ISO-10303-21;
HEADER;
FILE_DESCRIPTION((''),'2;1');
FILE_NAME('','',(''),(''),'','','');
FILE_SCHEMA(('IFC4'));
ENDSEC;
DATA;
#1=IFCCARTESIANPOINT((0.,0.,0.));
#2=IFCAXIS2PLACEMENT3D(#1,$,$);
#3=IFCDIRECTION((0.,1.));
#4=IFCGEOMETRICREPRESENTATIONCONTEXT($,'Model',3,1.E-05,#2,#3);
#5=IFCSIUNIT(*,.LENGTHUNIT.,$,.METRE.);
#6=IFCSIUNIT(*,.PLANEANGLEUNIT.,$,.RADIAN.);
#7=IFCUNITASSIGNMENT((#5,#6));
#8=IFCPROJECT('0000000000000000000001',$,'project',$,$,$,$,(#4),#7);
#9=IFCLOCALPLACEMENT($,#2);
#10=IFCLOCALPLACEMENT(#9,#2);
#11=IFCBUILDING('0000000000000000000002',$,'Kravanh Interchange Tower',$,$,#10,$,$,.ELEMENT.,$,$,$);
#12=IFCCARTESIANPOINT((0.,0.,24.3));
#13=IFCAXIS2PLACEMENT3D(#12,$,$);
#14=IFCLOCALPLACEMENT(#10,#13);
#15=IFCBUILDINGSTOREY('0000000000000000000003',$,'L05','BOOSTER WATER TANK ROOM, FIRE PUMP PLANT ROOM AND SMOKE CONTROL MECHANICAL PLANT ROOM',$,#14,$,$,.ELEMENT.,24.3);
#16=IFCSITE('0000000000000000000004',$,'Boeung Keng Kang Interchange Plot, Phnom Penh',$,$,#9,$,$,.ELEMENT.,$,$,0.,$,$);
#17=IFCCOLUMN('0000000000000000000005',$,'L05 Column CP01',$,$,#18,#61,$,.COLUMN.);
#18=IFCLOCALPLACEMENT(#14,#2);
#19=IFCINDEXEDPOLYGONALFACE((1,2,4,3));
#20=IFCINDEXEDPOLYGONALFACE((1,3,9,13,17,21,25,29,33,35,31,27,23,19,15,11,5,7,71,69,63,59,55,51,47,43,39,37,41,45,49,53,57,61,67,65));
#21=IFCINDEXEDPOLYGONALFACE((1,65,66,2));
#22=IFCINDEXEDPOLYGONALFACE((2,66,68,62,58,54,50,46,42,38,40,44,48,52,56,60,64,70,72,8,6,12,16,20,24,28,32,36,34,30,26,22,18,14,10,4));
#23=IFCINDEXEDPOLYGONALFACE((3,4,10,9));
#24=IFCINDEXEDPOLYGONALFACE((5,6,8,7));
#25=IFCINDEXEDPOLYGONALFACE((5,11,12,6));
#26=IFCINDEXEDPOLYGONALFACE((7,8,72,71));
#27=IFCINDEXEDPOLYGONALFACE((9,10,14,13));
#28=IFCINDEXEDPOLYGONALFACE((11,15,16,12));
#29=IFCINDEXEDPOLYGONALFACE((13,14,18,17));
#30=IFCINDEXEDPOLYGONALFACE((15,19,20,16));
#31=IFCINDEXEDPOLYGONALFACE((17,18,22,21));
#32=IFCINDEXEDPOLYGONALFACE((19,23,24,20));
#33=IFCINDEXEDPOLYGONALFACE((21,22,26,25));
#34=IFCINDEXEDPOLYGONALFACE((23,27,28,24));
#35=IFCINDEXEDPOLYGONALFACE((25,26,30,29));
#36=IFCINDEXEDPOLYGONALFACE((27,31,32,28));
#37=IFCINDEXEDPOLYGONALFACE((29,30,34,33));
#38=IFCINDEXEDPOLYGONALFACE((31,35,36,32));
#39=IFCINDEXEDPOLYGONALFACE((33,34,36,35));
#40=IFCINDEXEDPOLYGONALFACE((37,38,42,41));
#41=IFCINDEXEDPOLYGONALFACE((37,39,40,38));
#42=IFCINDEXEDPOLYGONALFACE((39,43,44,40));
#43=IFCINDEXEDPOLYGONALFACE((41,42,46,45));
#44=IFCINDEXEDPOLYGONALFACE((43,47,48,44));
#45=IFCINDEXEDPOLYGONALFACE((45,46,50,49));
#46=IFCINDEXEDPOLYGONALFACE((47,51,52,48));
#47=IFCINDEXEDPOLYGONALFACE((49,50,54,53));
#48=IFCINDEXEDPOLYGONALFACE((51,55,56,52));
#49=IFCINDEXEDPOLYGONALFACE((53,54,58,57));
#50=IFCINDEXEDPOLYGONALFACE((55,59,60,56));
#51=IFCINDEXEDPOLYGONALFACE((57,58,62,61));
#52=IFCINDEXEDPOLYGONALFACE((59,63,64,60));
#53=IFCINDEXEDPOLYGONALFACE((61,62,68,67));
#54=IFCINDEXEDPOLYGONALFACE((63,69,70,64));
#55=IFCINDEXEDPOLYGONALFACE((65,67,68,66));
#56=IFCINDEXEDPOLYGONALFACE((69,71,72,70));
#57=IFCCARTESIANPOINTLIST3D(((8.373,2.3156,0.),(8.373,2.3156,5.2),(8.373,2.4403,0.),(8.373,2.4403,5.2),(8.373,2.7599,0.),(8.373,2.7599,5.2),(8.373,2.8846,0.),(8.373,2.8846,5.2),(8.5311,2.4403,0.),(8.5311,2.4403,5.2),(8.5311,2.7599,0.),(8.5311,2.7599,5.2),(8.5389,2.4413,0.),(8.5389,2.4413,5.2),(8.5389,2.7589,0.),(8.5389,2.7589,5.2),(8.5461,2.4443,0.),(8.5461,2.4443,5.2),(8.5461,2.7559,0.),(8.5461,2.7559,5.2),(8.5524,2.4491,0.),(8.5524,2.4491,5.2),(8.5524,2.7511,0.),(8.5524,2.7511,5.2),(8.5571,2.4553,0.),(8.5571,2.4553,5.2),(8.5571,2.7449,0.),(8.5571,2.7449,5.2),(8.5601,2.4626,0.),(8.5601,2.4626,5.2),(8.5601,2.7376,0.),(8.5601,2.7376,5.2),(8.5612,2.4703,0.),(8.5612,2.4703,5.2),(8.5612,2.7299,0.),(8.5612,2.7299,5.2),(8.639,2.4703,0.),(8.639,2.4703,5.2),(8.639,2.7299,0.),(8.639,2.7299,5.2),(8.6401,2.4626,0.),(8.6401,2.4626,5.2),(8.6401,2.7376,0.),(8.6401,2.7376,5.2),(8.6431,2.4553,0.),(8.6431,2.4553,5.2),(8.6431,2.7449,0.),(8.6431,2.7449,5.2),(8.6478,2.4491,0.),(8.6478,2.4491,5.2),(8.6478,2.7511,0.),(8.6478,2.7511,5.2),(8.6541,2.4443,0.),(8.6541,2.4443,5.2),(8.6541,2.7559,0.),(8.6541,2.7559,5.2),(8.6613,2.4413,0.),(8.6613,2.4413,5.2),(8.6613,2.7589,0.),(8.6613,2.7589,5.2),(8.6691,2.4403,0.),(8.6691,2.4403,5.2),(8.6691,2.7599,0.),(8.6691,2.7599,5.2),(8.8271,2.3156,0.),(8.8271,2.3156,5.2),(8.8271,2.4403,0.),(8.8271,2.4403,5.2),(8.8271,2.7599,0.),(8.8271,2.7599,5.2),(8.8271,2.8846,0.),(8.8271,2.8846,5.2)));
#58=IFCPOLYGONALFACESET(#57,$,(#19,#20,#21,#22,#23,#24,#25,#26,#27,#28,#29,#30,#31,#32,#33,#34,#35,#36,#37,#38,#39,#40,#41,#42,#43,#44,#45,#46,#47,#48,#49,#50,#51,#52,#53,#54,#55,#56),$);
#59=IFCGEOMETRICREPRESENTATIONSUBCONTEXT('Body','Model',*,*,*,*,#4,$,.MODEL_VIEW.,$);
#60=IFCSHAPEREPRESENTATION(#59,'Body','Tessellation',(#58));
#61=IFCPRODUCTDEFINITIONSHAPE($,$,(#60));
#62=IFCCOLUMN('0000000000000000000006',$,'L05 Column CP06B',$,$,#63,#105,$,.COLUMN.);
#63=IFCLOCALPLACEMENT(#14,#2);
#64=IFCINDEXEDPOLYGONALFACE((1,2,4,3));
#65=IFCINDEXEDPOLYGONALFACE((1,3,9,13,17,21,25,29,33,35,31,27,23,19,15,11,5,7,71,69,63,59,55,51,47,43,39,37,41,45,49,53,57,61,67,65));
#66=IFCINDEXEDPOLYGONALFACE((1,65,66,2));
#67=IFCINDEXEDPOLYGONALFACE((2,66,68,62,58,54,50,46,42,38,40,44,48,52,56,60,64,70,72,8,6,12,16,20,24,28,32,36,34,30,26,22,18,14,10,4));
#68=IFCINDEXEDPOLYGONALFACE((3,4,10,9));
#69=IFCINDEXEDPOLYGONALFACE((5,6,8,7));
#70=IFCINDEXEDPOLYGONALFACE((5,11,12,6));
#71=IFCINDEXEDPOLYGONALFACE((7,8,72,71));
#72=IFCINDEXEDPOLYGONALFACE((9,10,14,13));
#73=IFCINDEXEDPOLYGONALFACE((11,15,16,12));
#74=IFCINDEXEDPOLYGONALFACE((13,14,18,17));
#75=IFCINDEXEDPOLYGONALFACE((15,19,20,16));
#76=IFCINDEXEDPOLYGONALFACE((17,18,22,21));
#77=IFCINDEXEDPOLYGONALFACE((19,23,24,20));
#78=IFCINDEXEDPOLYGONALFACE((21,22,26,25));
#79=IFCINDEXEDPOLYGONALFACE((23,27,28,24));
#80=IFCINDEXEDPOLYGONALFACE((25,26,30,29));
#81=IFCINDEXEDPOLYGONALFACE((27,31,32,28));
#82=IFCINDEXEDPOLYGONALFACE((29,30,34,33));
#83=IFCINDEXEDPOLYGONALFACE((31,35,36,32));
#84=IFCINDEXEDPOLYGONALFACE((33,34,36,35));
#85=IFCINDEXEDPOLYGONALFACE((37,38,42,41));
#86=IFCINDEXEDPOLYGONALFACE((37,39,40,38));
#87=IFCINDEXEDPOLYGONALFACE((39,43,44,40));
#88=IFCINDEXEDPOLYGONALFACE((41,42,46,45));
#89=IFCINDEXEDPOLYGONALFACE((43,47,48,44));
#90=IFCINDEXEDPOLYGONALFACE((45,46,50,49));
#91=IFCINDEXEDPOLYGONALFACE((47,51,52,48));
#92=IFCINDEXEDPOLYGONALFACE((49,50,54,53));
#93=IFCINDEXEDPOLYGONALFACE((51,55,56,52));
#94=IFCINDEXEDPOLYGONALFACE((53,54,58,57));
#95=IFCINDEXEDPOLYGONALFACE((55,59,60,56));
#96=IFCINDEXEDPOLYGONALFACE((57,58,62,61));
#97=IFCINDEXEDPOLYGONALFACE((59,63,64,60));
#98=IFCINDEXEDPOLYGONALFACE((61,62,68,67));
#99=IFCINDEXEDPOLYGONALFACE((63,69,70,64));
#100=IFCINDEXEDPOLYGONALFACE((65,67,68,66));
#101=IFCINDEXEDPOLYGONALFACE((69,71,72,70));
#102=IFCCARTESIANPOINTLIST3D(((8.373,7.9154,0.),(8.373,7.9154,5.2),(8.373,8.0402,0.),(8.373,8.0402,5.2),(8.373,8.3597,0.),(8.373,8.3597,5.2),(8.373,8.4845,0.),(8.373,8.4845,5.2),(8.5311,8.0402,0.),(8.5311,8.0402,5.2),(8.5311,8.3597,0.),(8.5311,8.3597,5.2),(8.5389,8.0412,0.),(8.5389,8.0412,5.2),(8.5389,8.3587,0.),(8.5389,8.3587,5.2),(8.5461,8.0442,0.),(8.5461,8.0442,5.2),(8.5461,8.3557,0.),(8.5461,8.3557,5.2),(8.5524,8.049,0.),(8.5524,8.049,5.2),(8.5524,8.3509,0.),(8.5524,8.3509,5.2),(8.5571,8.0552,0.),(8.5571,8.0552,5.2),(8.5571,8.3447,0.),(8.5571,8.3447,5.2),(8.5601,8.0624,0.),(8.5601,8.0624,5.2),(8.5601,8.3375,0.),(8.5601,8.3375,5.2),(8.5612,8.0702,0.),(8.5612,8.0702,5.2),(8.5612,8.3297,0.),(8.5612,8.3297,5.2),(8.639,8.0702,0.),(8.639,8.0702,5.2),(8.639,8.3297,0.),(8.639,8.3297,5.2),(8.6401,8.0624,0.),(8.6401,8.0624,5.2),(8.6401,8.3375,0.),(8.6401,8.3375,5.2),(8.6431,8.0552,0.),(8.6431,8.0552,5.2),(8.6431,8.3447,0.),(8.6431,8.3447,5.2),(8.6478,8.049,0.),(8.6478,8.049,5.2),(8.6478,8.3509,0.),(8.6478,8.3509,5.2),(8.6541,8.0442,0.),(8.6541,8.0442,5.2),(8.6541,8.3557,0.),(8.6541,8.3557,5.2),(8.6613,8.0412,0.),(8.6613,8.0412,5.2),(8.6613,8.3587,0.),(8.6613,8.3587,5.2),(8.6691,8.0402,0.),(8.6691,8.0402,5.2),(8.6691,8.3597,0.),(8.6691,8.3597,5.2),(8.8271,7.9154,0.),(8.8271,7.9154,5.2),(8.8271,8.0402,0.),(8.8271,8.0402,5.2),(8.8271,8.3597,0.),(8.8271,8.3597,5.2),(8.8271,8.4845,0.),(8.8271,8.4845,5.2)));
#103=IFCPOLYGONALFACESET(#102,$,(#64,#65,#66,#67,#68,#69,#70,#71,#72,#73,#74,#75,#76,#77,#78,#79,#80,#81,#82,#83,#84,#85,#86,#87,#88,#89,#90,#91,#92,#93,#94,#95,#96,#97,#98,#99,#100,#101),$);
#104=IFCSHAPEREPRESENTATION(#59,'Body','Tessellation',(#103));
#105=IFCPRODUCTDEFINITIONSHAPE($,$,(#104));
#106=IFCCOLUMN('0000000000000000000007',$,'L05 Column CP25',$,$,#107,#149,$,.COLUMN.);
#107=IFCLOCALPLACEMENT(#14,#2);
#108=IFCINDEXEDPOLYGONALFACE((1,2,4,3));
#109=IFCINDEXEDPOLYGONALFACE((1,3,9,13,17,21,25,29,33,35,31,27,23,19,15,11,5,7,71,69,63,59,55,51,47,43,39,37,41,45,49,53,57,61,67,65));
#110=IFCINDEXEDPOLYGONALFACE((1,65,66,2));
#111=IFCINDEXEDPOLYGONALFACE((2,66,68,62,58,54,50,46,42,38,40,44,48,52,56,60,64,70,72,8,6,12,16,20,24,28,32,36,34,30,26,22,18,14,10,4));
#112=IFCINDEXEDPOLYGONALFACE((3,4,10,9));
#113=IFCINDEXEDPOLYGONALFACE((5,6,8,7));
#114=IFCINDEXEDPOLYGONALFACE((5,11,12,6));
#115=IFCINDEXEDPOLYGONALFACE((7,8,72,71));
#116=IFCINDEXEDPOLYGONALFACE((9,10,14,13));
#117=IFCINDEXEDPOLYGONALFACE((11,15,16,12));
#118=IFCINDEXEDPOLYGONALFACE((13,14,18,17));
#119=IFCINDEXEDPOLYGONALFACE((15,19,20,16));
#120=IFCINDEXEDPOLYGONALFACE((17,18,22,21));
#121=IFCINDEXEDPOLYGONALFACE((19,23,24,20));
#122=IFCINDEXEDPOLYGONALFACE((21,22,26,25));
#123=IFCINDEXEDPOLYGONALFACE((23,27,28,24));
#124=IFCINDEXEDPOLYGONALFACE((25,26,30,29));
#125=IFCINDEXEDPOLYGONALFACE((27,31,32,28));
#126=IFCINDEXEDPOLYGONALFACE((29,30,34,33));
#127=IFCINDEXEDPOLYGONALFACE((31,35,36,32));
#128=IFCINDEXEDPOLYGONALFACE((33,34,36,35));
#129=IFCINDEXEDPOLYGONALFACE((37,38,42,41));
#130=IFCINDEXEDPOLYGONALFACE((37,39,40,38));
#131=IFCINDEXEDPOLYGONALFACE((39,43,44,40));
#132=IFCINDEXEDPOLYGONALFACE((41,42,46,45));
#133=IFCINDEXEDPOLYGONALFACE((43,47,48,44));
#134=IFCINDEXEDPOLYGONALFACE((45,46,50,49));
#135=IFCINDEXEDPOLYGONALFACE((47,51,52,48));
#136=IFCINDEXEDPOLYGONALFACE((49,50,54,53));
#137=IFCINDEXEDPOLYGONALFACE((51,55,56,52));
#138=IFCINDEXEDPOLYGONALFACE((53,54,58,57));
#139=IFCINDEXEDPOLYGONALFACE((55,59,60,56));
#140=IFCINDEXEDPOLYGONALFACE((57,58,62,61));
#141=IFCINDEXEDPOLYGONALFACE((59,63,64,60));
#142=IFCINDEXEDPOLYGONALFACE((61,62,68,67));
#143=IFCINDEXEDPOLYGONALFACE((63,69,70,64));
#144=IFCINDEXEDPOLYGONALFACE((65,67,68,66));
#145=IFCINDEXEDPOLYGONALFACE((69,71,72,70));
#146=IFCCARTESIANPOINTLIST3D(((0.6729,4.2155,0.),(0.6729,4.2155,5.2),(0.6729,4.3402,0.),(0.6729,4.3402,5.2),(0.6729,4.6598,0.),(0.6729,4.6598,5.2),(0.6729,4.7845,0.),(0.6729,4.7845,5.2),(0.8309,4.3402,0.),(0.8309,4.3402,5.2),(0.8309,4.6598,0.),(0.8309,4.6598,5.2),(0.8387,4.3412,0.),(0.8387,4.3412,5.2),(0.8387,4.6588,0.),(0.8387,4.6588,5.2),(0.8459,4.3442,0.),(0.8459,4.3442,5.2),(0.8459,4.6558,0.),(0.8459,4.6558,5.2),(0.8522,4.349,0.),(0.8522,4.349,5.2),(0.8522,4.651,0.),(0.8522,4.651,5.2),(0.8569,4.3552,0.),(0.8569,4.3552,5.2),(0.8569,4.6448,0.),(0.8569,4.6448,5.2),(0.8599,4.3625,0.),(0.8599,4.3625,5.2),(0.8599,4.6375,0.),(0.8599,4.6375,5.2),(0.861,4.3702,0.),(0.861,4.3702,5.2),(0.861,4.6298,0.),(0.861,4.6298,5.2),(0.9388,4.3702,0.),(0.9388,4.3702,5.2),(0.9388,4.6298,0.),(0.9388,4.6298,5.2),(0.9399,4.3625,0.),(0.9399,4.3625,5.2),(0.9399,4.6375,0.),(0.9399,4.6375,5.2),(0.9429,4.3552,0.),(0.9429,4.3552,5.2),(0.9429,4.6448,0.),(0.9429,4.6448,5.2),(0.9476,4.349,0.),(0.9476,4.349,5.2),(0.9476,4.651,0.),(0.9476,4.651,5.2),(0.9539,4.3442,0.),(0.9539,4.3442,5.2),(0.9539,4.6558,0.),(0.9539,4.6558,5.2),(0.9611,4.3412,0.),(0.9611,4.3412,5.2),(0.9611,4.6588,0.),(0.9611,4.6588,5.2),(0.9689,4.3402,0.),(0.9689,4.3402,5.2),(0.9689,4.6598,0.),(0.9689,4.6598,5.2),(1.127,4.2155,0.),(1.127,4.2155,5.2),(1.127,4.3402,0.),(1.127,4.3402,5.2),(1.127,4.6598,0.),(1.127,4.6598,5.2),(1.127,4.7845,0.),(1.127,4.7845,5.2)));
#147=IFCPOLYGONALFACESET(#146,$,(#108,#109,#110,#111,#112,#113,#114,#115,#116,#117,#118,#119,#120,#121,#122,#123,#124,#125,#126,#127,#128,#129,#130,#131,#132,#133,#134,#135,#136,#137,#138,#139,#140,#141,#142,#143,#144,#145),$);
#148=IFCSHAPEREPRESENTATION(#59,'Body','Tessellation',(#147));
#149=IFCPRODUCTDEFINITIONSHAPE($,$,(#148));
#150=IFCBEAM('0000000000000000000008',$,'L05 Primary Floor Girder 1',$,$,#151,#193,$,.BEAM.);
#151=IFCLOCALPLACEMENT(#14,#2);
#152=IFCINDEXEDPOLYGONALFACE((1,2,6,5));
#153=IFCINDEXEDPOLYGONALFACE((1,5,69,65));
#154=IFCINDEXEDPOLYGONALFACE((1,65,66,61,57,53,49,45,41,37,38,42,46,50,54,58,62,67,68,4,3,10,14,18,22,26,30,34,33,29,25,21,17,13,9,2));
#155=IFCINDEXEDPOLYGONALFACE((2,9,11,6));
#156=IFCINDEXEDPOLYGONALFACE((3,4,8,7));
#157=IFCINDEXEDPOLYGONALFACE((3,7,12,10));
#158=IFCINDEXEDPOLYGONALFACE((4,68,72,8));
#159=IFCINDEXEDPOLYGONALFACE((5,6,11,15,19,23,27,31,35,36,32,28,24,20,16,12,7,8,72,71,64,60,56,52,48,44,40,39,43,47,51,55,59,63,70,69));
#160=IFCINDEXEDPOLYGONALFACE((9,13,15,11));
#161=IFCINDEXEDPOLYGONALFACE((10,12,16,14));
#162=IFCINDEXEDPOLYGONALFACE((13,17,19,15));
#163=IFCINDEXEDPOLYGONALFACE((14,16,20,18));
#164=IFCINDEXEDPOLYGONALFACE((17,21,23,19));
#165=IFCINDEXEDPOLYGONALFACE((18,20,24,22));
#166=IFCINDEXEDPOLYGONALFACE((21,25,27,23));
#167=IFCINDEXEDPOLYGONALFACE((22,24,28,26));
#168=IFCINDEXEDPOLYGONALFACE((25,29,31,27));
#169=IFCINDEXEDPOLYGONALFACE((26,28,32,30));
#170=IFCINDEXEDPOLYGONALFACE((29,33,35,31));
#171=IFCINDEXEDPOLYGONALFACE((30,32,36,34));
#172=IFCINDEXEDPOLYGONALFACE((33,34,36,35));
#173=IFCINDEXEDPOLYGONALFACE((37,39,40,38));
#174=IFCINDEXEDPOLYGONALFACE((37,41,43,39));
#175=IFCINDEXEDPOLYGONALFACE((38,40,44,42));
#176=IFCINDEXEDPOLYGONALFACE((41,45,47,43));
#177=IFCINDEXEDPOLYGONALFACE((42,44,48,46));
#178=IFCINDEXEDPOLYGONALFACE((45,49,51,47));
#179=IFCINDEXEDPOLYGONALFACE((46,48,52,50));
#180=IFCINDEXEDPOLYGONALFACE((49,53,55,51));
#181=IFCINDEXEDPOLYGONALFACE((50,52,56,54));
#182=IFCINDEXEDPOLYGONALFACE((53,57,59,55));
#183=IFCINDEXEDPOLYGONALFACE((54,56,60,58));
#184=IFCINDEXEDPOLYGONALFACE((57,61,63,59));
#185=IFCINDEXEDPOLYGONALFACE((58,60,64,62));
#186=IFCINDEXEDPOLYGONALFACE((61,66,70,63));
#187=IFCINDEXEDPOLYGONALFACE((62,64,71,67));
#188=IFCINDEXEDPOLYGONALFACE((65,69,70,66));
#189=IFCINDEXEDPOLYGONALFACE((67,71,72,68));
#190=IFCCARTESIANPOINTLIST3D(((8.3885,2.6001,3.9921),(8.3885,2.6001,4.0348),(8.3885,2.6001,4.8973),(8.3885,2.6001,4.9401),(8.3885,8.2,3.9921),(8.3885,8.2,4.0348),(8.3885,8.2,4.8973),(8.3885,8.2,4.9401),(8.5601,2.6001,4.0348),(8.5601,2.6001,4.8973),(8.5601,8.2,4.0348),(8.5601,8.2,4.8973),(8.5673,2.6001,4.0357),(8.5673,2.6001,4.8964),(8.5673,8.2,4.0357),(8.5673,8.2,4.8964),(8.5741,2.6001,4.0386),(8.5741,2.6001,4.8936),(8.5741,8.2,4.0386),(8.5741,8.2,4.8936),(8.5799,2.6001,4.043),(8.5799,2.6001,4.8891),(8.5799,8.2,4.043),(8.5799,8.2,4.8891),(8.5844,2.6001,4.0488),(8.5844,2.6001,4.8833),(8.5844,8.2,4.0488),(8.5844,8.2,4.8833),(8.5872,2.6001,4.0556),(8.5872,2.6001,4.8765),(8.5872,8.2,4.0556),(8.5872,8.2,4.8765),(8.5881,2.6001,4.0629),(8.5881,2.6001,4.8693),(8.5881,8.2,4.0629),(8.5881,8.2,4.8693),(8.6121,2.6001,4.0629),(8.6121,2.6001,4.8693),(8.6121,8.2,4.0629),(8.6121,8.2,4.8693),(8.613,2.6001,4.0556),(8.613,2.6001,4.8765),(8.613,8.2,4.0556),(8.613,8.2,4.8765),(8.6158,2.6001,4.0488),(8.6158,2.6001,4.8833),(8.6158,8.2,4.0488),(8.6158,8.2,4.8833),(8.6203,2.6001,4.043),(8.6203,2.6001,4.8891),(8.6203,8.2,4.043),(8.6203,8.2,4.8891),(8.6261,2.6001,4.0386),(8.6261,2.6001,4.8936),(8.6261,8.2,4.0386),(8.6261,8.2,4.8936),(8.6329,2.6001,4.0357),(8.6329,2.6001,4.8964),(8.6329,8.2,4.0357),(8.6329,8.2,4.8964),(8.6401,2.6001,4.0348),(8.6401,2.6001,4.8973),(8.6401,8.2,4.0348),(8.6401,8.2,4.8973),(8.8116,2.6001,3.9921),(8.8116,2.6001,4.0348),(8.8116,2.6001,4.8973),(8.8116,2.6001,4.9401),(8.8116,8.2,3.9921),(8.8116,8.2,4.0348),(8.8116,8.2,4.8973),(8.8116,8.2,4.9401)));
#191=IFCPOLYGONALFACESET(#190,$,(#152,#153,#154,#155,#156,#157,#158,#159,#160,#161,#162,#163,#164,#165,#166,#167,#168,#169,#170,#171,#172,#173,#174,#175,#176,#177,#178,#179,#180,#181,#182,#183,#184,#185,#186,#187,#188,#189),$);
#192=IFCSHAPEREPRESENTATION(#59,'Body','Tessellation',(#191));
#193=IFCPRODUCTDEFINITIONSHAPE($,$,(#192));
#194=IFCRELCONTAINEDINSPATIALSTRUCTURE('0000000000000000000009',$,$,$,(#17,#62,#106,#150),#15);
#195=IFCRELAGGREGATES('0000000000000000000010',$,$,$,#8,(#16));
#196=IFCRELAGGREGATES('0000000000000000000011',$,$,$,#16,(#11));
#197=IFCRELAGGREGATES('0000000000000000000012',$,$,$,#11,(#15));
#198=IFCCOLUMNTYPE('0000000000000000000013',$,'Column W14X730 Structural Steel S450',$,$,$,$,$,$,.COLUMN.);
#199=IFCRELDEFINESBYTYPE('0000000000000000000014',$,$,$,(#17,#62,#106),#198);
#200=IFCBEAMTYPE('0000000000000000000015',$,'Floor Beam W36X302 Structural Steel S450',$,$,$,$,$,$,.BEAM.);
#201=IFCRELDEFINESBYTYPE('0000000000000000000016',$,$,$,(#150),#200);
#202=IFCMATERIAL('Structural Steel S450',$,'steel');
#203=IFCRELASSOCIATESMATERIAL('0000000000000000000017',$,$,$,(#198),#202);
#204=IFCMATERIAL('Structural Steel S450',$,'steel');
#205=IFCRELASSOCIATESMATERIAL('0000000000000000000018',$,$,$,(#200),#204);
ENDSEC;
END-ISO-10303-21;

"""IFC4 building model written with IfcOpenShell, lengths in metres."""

from ifc_helpers import new_model, si_unit, direction, frame, origin, origin_2d, place, context, subcontext, project, spatial, i_section, extrude, material, material_profile, profile_set, type_object, element, save


model = new_model("IFC4")

# Units and contexts
model_context = context("Model", 3, precision=1e-05, world=origin(), true_north=direction((0.0, 1.0)))
body_context = subcontext(model_context, "Body", "Model", "MODEL_VIEW")
ifc_project = project(units=[si_unit("LENGTHUNIT", "METRE"), si_unit("PLANEANGLEUNIT", "RADIAN")], contexts=[model_context])

# Site, building, storey
site_placement = place(None, origin())
site = spatial("IfcSite", under=ifc_project, at=site_placement, Name="Boeung Keng Kang Interchange Plot, Phnom Penh", CompositionType="ELEMENT", RefElevation=0.0)
building_placement = place(site_placement, origin())
building = spatial("IfcBuilding", under=site, at=building_placement, Name="Kravanh Interchange Tower", CompositionType="ELEMENT")
storey_placement = place(building_placement, frame((0.0, 0.0, 24.3)))
storey = spatial("IfcBuildingStorey", under=building, at=storey_placement, Name="L05", Description="BOOSTER WATER TANK ROOM, FIRE PUMP PLANT ROOM AND SMOKE CONTROL MECHANICAL PLANT ROOM", CompositionType="ELEMENT", Elevation=24.3)

# Columns
ifc_material_1 = material(Name="Structural Steel S450", Category="steel")
ifc_material_profile_1 = material_profile(ifc_material_1, i_section(OverallWidth=0.4541, OverallDepth=0.5691, WebThickness=0.0779, FlangeThickness=0.1248, FilletRadius=0.03, at=origin_2d()), Name="W14X730")
ifc_profile_set_1 = profile_set([ifc_material_profile_1], Name="Structural Steel S450")
column_type = type_object("IfcColumnType", Name="Column W14X730 Structural Steel S450", PredefinedType="COLUMN", material=ifc_profile_set_1)
for number, where, z_axis, x_axis, name in (
    (1, (8.6001, 2.6001, 0.0), (0.0, 0.0, 1.0), (1.0, 0.0, 0.0), "L05 Column CP01"),
    (2, (8.6001, 8.2, 0.0), (0.0, 0.0, 1.0), (1.0, 0.0, 0.0), "L05 Column CP06B"),
    (3, (0.8999, 4.5, 0.0), (0.0, 0.0, 1.0), (1.0, 0.0, 0.0), "L05 Column CP25"),
):
    element("IfcColumn", number, at=place(storey_placement, frame(where, z_axis=z_axis, x_axis=x_axis)), inside=storey, type_object=column_type, Name=name, PredefinedType="COLUMN", context=body_context, shape_type="SweptSolid", body=[
        extrude(i_section(OverallWidth=0.4541, OverallDepth=0.5691, WebThickness=0.0779, FlangeThickness=0.1248, FilletRadius=0.03, at=origin_2d()), origin(), (0.0, 0.0, 1.0), 5.2),
    ])

# Beam
ifc_material_2 = material(Name="Structural Steel S450", Category="steel")
ifc_material_profile_2 = material_profile(ifc_material_2, i_section(OverallWidth=0.4231, OverallDepth=0.948, WebThickness=0.0239, FlangeThickness=0.0427, FilletRadius=0.0281, at=origin_2d()), Name="W36X302")
ifc_profile_set_2 = profile_set([ifc_material_profile_2], Name="Structural Steel S450")
beam_type_1 = type_object("IfcBeamType", Name="Floor Beam W36X302 Structural Steel S450", PredefinedType="BEAM", material=ifc_profile_set_2)
beam_1_placement = place(storey_placement, frame((8.6001, 2.6001, 4.4661), z_axis=(0.0, 1.0, 0.0), x_axis=(-1.0, 0.0, 0.0)))
element("IfcBeam", 4, at=beam_1_placement, inside=storey, type_object=beam_type_1, Name="L05 Primary Floor Girder 1", PredefinedType="BEAM", context=body_context, shape_type="SweptSolid", body=[
    extrude(i_section(OverallWidth=0.4231, OverallDepth=0.948, WebThickness=0.0239, FlangeThickness=0.0427, FilletRadius=0.0281, at=origin_2d()), origin(), (0.0, 0.0, 1.0), 5.5999),
])

save(model, "model.ifc")
